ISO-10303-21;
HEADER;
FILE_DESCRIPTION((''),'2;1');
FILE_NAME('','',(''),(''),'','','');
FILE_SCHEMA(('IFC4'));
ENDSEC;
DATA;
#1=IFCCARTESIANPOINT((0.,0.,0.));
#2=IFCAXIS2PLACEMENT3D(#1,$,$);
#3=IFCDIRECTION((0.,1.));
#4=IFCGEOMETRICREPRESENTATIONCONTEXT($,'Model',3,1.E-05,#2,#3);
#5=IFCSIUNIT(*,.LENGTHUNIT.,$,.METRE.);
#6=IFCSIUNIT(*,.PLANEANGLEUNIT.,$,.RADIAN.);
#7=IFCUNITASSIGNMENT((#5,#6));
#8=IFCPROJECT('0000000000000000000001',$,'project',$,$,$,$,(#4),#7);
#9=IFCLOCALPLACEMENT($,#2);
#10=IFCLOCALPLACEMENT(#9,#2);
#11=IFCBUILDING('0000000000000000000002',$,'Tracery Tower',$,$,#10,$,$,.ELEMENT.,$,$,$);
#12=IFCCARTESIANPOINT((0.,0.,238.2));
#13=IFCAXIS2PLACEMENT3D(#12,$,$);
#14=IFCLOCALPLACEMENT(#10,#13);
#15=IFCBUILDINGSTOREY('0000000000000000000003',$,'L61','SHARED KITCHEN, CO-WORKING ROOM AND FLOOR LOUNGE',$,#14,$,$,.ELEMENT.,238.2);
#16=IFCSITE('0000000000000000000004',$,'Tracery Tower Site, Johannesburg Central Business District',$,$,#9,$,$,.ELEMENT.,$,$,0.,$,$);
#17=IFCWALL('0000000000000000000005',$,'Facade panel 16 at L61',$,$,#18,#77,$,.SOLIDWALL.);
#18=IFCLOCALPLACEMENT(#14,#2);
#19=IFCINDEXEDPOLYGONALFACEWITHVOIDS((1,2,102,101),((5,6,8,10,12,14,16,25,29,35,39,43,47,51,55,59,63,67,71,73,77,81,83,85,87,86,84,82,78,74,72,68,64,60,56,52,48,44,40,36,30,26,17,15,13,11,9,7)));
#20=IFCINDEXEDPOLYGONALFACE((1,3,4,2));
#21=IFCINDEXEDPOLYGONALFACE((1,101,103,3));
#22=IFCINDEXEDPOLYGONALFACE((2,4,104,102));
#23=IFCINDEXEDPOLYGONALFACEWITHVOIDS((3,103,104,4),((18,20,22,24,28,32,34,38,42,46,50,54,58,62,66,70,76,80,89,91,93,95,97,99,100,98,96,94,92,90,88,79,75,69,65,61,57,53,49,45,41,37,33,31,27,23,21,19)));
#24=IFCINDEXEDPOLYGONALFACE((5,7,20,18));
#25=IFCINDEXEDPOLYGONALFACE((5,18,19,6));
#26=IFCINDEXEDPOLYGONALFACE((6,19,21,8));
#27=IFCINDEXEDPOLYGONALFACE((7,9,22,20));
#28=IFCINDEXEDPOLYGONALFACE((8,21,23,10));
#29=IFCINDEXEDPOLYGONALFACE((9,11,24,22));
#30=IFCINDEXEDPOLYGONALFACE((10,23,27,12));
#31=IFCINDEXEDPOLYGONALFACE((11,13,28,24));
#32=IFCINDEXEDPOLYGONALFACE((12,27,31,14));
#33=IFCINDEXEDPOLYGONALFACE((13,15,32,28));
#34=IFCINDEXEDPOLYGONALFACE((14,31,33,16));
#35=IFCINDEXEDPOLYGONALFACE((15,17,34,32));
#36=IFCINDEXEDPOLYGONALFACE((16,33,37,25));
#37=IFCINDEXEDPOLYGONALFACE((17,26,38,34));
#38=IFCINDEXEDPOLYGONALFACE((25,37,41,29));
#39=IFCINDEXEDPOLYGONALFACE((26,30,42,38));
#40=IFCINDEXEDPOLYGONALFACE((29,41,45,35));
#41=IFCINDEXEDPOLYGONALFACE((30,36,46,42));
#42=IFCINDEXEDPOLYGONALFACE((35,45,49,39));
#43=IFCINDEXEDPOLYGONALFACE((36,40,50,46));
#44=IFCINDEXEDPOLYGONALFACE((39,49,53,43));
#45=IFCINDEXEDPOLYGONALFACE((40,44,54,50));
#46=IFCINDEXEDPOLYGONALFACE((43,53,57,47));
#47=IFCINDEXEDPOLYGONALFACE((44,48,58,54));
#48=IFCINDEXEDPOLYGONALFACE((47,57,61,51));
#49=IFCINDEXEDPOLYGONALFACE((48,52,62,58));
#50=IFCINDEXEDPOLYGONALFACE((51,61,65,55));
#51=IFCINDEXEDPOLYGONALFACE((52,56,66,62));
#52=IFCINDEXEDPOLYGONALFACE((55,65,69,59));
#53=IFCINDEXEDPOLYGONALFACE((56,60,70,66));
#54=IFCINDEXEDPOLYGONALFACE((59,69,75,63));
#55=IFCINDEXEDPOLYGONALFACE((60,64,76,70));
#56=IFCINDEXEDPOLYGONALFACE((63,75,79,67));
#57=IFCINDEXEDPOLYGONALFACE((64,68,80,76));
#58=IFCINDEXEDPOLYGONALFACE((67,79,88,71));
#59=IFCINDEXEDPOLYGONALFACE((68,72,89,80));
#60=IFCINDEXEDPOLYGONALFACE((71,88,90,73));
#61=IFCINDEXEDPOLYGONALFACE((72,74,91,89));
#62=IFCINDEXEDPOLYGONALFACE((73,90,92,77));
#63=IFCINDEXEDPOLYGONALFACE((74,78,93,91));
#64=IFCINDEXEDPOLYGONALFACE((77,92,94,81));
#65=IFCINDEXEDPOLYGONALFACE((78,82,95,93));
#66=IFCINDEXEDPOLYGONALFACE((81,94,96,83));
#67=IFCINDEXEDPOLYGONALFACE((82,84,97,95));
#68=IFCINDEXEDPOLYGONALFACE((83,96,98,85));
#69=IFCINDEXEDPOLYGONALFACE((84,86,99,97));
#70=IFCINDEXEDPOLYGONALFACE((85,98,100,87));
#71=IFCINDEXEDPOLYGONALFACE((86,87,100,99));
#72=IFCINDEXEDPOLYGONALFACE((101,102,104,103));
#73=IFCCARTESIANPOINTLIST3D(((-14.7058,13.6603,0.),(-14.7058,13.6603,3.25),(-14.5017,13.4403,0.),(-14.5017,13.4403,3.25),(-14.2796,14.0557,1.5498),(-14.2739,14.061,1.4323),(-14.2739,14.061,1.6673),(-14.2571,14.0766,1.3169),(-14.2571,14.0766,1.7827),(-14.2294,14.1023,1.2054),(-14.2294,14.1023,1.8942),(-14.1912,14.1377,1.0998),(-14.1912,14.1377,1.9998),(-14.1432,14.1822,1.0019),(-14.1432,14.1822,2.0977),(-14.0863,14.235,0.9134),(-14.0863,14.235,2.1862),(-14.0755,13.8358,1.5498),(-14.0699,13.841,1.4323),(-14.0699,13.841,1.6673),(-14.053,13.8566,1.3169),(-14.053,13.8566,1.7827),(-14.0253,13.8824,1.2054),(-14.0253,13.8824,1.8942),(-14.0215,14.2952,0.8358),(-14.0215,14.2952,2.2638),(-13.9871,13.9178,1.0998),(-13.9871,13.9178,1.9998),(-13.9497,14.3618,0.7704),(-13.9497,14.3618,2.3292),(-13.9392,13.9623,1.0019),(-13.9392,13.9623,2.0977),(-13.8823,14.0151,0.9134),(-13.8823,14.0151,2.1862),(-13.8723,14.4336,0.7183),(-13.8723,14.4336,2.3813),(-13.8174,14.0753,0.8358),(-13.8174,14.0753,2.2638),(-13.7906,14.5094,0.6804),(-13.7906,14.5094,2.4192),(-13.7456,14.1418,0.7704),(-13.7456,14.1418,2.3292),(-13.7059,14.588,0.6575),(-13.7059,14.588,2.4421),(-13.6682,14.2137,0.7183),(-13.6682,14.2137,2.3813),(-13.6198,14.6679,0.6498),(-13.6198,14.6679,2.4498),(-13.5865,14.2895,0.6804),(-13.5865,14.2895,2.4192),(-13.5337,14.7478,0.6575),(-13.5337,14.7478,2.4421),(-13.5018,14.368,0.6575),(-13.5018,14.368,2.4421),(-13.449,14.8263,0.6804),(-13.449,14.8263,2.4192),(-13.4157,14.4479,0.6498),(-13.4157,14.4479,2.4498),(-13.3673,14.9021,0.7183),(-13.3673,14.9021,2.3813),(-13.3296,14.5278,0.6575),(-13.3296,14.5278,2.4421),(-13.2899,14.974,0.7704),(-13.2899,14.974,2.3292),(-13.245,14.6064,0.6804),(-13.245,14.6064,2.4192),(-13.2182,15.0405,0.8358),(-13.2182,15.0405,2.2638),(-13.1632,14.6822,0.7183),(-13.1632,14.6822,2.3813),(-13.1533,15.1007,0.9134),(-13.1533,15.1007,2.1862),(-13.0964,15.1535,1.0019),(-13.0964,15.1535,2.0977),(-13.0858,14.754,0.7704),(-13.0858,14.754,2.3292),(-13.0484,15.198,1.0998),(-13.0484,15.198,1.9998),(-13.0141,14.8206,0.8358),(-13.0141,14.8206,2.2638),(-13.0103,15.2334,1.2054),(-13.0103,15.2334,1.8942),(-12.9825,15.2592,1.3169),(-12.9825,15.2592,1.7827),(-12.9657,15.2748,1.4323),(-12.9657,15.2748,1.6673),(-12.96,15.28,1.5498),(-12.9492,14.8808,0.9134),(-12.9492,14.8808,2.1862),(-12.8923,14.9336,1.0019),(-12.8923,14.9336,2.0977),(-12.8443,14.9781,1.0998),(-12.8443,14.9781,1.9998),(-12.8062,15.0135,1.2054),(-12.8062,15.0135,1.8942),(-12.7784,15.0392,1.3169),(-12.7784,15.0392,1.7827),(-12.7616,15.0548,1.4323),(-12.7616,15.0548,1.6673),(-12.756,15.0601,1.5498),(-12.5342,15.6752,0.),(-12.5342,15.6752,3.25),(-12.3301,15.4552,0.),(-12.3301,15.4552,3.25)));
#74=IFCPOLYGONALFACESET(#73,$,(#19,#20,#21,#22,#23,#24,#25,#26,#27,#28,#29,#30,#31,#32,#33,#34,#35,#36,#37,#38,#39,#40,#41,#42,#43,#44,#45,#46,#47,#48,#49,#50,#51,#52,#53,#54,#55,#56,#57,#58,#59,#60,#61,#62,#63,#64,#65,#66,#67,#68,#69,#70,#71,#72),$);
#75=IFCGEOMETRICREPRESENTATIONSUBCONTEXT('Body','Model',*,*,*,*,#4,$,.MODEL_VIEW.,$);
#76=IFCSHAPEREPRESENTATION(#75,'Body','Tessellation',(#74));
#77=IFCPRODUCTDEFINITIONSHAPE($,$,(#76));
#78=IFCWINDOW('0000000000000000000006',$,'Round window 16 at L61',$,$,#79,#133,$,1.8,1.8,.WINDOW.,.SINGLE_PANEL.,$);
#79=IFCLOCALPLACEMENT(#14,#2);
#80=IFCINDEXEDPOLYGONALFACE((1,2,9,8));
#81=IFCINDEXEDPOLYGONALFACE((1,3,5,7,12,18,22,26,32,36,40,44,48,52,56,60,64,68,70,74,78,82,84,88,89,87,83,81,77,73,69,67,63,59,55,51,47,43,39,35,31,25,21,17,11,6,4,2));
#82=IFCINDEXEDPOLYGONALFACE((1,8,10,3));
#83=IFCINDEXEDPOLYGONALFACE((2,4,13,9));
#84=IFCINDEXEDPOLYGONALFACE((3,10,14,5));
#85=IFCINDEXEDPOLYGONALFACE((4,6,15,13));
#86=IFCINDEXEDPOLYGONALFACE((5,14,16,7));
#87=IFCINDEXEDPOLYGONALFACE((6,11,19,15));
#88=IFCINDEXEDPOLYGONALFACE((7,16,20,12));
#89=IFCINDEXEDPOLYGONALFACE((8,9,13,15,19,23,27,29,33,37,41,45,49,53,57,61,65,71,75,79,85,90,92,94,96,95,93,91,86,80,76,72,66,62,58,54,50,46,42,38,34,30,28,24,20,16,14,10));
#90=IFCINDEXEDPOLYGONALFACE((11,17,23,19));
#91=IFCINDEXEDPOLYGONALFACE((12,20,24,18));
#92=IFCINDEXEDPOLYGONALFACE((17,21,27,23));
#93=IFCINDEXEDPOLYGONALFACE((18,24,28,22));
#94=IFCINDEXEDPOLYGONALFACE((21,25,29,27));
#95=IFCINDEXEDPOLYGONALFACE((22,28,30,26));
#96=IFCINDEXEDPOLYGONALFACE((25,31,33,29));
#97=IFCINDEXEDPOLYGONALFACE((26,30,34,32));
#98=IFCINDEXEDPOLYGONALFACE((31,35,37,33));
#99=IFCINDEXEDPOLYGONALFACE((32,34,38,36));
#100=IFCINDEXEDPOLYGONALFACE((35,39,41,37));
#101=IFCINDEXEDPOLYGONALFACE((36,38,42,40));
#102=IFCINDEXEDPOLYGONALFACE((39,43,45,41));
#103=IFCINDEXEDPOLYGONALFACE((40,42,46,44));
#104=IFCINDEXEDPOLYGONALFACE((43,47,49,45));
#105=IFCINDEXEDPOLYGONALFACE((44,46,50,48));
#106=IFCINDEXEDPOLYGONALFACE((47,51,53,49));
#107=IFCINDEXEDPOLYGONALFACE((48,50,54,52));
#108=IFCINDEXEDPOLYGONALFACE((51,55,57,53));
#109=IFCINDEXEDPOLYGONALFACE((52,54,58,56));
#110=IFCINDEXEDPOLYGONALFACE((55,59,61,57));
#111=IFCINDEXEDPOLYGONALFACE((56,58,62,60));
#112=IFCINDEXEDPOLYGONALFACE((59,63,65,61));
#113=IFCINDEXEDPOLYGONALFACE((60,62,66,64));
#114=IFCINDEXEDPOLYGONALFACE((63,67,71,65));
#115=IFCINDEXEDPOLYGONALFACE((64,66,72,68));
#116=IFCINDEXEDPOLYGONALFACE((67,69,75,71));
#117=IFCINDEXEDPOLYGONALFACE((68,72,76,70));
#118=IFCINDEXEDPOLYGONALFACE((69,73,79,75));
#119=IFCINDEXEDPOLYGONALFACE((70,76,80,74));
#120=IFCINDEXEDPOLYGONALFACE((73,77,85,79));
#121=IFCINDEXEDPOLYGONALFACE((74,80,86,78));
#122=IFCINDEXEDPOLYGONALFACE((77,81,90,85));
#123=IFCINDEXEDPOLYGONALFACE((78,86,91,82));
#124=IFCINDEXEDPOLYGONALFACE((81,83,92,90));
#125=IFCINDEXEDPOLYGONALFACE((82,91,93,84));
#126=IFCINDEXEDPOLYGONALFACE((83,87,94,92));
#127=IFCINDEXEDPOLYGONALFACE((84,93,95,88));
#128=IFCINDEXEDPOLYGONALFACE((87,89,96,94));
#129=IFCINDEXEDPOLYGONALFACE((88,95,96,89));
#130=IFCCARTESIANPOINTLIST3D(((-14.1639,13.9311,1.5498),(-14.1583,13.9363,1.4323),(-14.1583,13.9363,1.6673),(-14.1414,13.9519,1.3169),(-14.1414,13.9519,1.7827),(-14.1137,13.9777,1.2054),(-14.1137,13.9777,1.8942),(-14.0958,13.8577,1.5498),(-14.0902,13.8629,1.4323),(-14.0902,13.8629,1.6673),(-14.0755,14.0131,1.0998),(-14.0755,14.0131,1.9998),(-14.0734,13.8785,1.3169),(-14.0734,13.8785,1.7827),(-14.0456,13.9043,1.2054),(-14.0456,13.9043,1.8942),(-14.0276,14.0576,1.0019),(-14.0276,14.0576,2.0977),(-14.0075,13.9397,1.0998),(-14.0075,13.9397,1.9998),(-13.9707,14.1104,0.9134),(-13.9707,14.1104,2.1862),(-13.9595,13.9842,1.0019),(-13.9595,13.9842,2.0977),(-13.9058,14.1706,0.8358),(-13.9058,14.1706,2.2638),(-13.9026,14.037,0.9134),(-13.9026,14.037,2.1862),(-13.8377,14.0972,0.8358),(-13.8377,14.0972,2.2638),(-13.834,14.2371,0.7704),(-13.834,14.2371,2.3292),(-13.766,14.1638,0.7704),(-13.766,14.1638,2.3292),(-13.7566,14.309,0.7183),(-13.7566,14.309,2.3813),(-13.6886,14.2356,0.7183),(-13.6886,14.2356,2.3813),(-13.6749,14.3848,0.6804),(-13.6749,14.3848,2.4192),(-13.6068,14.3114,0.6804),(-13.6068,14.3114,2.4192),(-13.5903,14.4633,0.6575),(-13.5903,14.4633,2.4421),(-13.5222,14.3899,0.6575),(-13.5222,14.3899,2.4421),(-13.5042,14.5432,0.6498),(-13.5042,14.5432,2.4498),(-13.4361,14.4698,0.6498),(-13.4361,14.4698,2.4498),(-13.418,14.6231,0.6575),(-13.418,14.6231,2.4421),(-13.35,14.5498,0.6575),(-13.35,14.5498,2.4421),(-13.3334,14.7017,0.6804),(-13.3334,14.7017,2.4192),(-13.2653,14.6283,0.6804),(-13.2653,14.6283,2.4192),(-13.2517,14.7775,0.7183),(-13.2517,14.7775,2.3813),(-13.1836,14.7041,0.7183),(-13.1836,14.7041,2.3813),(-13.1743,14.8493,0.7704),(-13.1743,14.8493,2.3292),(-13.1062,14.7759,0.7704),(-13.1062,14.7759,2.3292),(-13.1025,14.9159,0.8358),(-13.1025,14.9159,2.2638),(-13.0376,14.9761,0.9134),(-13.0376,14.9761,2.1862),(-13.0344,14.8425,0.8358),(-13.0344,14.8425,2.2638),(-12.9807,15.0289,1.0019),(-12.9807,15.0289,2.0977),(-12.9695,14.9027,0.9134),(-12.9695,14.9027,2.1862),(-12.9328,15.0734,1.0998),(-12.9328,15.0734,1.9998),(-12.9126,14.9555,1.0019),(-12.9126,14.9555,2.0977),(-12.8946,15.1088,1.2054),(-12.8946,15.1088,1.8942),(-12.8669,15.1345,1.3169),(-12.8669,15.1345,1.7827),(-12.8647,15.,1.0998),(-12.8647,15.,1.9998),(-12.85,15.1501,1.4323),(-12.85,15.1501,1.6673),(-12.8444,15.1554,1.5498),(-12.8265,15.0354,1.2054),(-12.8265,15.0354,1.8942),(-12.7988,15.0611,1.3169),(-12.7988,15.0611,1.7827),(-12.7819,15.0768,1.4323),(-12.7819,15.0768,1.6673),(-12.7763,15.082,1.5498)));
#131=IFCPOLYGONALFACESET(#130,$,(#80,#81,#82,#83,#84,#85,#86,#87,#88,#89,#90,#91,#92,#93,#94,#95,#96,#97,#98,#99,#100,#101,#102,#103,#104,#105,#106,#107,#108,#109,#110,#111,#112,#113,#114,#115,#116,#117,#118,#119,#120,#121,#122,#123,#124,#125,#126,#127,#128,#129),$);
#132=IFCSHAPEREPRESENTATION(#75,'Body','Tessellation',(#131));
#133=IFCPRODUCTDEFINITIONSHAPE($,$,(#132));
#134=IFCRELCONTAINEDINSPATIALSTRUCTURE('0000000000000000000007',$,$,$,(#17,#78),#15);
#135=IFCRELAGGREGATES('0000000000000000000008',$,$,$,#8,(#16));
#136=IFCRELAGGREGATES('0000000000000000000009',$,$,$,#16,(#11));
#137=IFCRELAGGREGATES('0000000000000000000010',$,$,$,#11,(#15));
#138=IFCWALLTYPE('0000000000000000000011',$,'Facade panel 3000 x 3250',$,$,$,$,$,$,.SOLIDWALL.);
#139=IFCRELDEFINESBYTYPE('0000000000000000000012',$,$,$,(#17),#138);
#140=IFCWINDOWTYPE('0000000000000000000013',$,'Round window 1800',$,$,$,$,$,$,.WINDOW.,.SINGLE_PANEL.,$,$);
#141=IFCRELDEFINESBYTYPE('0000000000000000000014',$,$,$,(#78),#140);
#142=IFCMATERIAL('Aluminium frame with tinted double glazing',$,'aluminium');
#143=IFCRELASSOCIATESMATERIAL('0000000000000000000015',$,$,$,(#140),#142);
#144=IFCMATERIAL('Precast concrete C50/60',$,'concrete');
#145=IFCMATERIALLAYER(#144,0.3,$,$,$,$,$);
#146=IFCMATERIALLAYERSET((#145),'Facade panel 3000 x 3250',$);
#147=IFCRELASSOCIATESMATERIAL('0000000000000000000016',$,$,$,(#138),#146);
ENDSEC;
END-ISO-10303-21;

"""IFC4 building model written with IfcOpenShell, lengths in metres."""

from ifc_helpers import new_model, si_unit, direction, frame, frame_2d, origin, origin_2d, place, context, subcontext, project, spatial, rectangle, circle, extrude, material, layer, layer_set, type_object, element, fill, save


model = new_model("IFC4")

# Units and contexts
model_context = context("Model", 3, precision=1e-05, world=origin(), true_north=direction((0.0, 1.0)))
body_context = subcontext(model_context, "Body", "Model", "MODEL_VIEW")
ifc_project = project(units=[si_unit("LENGTHUNIT", "METRE"), si_unit("PLANEANGLEUNIT", "RADIAN")], contexts=[model_context])

# Site, building, storey
site_placement = place(None, origin())
site = spatial("IfcSite", under=ifc_project, at=site_placement, Name="Tracery Tower Site, Johannesburg Central Business District", CompositionType="ELEMENT", RefElevation=0.0)
building_placement = place(site_placement, origin())
building = spatial("IfcBuilding", under=site, at=building_placement, Name="Tracery Tower", CompositionType="ELEMENT")
storey_placement = place(building_placement, frame((0.0, 0.0, 238.2)))
storey = spatial("IfcBuildingStorey", under=building, at=storey_placement, Name="L61", Description="SHARED KITCHEN, CO-WORKING ROOM AND FLOOR LOUNGE", CompositionType="ELEMENT", Elevation=238.2)

# Wall, opening, window
ifc_material_1 = material(Name="Aluminium frame with tinted double glazing", Category="aluminium")
window_type = type_object("IfcWindowType", Name="Round window 1800", PartitioningType="SINGLE_PANEL", PredefinedType="WINDOW", material=ifc_material_1)
ifc_material_2 = material(Name="Precast concrete C50/60", Category="concrete")
ifc_layer_1 = layer(ifc_material_2, 0.3)
ifc_layer_set_1 = layer_set([ifc_layer_1], Name="Facade panel 3000 x 3250")
wall_type_1 = type_object("IfcWallType", Name="Facade panel 3000 x 3250", PredefinedType="SOLIDWALL", material=ifc_layer_set_1)
wall_1_placement = place(storey_placement, frame((-12.4321, 15.5652, 0.0), z_axis=(0.0, 0.0, 1.0), x_axis=(-0.733066, -0.680157, 0.0)))
wall_1 = element("IfcWall", 1, at=wall_1_placement, inside=storey, type_object=wall_type_1, Name="Facade panel 16 at L61", PredefinedType="SOLIDWALL", context=body_context, shape_type="SweptSolid", body=[
    extrude(rectangle(XDim=2.9624, YDim=0.3, at=frame_2d((1.4812, 0.0))), origin(), (0.0, 0.0, 1.0), 3.25),
])
opening_1_placement = place(wall_1_placement, frame((1.481, 0.0, 1.5498)))
opening_1 = element("IfcOpeningElement", 2, at=opening_1_placement, cuts=wall_1, PredefinedType="OPENING", context=body_context, shape_type="SweptSolid", body=[
    extrude(circle(Radius=0.9, at=origin_2d()), frame((0.0, 0.1599, 0.0), z_axis=(0.0, -1.0, 0.0), x_axis=(1.0, 0.0, 0.0)), (0.0, 0.0, 1.0), 0.3201),
])
window_1_placement = place(opening_1_placement, origin())
window_1 = element("IfcWindow", 3, at=window_1_placement, inside=storey, type_object=window_type, Name="Round window 16 at L61", OverallHeight=1.8, OverallWidth=1.8, PartitioningType="SINGLE_PANEL", PredefinedType="WINDOW", context=body_context, shape_type="SweptSolid", body=[
    extrude(circle(Radius=0.9, at=origin_2d()), frame((0.0, 0.1201, 0.0), z_axis=(0.0, -1.0, 0.0), x_axis=(1.0, 0.0, 0.0)), (0.0, 0.0, 1.0), 0.1001),
])
fill(opening_1, window_1)

save(model, "model.ifc")
